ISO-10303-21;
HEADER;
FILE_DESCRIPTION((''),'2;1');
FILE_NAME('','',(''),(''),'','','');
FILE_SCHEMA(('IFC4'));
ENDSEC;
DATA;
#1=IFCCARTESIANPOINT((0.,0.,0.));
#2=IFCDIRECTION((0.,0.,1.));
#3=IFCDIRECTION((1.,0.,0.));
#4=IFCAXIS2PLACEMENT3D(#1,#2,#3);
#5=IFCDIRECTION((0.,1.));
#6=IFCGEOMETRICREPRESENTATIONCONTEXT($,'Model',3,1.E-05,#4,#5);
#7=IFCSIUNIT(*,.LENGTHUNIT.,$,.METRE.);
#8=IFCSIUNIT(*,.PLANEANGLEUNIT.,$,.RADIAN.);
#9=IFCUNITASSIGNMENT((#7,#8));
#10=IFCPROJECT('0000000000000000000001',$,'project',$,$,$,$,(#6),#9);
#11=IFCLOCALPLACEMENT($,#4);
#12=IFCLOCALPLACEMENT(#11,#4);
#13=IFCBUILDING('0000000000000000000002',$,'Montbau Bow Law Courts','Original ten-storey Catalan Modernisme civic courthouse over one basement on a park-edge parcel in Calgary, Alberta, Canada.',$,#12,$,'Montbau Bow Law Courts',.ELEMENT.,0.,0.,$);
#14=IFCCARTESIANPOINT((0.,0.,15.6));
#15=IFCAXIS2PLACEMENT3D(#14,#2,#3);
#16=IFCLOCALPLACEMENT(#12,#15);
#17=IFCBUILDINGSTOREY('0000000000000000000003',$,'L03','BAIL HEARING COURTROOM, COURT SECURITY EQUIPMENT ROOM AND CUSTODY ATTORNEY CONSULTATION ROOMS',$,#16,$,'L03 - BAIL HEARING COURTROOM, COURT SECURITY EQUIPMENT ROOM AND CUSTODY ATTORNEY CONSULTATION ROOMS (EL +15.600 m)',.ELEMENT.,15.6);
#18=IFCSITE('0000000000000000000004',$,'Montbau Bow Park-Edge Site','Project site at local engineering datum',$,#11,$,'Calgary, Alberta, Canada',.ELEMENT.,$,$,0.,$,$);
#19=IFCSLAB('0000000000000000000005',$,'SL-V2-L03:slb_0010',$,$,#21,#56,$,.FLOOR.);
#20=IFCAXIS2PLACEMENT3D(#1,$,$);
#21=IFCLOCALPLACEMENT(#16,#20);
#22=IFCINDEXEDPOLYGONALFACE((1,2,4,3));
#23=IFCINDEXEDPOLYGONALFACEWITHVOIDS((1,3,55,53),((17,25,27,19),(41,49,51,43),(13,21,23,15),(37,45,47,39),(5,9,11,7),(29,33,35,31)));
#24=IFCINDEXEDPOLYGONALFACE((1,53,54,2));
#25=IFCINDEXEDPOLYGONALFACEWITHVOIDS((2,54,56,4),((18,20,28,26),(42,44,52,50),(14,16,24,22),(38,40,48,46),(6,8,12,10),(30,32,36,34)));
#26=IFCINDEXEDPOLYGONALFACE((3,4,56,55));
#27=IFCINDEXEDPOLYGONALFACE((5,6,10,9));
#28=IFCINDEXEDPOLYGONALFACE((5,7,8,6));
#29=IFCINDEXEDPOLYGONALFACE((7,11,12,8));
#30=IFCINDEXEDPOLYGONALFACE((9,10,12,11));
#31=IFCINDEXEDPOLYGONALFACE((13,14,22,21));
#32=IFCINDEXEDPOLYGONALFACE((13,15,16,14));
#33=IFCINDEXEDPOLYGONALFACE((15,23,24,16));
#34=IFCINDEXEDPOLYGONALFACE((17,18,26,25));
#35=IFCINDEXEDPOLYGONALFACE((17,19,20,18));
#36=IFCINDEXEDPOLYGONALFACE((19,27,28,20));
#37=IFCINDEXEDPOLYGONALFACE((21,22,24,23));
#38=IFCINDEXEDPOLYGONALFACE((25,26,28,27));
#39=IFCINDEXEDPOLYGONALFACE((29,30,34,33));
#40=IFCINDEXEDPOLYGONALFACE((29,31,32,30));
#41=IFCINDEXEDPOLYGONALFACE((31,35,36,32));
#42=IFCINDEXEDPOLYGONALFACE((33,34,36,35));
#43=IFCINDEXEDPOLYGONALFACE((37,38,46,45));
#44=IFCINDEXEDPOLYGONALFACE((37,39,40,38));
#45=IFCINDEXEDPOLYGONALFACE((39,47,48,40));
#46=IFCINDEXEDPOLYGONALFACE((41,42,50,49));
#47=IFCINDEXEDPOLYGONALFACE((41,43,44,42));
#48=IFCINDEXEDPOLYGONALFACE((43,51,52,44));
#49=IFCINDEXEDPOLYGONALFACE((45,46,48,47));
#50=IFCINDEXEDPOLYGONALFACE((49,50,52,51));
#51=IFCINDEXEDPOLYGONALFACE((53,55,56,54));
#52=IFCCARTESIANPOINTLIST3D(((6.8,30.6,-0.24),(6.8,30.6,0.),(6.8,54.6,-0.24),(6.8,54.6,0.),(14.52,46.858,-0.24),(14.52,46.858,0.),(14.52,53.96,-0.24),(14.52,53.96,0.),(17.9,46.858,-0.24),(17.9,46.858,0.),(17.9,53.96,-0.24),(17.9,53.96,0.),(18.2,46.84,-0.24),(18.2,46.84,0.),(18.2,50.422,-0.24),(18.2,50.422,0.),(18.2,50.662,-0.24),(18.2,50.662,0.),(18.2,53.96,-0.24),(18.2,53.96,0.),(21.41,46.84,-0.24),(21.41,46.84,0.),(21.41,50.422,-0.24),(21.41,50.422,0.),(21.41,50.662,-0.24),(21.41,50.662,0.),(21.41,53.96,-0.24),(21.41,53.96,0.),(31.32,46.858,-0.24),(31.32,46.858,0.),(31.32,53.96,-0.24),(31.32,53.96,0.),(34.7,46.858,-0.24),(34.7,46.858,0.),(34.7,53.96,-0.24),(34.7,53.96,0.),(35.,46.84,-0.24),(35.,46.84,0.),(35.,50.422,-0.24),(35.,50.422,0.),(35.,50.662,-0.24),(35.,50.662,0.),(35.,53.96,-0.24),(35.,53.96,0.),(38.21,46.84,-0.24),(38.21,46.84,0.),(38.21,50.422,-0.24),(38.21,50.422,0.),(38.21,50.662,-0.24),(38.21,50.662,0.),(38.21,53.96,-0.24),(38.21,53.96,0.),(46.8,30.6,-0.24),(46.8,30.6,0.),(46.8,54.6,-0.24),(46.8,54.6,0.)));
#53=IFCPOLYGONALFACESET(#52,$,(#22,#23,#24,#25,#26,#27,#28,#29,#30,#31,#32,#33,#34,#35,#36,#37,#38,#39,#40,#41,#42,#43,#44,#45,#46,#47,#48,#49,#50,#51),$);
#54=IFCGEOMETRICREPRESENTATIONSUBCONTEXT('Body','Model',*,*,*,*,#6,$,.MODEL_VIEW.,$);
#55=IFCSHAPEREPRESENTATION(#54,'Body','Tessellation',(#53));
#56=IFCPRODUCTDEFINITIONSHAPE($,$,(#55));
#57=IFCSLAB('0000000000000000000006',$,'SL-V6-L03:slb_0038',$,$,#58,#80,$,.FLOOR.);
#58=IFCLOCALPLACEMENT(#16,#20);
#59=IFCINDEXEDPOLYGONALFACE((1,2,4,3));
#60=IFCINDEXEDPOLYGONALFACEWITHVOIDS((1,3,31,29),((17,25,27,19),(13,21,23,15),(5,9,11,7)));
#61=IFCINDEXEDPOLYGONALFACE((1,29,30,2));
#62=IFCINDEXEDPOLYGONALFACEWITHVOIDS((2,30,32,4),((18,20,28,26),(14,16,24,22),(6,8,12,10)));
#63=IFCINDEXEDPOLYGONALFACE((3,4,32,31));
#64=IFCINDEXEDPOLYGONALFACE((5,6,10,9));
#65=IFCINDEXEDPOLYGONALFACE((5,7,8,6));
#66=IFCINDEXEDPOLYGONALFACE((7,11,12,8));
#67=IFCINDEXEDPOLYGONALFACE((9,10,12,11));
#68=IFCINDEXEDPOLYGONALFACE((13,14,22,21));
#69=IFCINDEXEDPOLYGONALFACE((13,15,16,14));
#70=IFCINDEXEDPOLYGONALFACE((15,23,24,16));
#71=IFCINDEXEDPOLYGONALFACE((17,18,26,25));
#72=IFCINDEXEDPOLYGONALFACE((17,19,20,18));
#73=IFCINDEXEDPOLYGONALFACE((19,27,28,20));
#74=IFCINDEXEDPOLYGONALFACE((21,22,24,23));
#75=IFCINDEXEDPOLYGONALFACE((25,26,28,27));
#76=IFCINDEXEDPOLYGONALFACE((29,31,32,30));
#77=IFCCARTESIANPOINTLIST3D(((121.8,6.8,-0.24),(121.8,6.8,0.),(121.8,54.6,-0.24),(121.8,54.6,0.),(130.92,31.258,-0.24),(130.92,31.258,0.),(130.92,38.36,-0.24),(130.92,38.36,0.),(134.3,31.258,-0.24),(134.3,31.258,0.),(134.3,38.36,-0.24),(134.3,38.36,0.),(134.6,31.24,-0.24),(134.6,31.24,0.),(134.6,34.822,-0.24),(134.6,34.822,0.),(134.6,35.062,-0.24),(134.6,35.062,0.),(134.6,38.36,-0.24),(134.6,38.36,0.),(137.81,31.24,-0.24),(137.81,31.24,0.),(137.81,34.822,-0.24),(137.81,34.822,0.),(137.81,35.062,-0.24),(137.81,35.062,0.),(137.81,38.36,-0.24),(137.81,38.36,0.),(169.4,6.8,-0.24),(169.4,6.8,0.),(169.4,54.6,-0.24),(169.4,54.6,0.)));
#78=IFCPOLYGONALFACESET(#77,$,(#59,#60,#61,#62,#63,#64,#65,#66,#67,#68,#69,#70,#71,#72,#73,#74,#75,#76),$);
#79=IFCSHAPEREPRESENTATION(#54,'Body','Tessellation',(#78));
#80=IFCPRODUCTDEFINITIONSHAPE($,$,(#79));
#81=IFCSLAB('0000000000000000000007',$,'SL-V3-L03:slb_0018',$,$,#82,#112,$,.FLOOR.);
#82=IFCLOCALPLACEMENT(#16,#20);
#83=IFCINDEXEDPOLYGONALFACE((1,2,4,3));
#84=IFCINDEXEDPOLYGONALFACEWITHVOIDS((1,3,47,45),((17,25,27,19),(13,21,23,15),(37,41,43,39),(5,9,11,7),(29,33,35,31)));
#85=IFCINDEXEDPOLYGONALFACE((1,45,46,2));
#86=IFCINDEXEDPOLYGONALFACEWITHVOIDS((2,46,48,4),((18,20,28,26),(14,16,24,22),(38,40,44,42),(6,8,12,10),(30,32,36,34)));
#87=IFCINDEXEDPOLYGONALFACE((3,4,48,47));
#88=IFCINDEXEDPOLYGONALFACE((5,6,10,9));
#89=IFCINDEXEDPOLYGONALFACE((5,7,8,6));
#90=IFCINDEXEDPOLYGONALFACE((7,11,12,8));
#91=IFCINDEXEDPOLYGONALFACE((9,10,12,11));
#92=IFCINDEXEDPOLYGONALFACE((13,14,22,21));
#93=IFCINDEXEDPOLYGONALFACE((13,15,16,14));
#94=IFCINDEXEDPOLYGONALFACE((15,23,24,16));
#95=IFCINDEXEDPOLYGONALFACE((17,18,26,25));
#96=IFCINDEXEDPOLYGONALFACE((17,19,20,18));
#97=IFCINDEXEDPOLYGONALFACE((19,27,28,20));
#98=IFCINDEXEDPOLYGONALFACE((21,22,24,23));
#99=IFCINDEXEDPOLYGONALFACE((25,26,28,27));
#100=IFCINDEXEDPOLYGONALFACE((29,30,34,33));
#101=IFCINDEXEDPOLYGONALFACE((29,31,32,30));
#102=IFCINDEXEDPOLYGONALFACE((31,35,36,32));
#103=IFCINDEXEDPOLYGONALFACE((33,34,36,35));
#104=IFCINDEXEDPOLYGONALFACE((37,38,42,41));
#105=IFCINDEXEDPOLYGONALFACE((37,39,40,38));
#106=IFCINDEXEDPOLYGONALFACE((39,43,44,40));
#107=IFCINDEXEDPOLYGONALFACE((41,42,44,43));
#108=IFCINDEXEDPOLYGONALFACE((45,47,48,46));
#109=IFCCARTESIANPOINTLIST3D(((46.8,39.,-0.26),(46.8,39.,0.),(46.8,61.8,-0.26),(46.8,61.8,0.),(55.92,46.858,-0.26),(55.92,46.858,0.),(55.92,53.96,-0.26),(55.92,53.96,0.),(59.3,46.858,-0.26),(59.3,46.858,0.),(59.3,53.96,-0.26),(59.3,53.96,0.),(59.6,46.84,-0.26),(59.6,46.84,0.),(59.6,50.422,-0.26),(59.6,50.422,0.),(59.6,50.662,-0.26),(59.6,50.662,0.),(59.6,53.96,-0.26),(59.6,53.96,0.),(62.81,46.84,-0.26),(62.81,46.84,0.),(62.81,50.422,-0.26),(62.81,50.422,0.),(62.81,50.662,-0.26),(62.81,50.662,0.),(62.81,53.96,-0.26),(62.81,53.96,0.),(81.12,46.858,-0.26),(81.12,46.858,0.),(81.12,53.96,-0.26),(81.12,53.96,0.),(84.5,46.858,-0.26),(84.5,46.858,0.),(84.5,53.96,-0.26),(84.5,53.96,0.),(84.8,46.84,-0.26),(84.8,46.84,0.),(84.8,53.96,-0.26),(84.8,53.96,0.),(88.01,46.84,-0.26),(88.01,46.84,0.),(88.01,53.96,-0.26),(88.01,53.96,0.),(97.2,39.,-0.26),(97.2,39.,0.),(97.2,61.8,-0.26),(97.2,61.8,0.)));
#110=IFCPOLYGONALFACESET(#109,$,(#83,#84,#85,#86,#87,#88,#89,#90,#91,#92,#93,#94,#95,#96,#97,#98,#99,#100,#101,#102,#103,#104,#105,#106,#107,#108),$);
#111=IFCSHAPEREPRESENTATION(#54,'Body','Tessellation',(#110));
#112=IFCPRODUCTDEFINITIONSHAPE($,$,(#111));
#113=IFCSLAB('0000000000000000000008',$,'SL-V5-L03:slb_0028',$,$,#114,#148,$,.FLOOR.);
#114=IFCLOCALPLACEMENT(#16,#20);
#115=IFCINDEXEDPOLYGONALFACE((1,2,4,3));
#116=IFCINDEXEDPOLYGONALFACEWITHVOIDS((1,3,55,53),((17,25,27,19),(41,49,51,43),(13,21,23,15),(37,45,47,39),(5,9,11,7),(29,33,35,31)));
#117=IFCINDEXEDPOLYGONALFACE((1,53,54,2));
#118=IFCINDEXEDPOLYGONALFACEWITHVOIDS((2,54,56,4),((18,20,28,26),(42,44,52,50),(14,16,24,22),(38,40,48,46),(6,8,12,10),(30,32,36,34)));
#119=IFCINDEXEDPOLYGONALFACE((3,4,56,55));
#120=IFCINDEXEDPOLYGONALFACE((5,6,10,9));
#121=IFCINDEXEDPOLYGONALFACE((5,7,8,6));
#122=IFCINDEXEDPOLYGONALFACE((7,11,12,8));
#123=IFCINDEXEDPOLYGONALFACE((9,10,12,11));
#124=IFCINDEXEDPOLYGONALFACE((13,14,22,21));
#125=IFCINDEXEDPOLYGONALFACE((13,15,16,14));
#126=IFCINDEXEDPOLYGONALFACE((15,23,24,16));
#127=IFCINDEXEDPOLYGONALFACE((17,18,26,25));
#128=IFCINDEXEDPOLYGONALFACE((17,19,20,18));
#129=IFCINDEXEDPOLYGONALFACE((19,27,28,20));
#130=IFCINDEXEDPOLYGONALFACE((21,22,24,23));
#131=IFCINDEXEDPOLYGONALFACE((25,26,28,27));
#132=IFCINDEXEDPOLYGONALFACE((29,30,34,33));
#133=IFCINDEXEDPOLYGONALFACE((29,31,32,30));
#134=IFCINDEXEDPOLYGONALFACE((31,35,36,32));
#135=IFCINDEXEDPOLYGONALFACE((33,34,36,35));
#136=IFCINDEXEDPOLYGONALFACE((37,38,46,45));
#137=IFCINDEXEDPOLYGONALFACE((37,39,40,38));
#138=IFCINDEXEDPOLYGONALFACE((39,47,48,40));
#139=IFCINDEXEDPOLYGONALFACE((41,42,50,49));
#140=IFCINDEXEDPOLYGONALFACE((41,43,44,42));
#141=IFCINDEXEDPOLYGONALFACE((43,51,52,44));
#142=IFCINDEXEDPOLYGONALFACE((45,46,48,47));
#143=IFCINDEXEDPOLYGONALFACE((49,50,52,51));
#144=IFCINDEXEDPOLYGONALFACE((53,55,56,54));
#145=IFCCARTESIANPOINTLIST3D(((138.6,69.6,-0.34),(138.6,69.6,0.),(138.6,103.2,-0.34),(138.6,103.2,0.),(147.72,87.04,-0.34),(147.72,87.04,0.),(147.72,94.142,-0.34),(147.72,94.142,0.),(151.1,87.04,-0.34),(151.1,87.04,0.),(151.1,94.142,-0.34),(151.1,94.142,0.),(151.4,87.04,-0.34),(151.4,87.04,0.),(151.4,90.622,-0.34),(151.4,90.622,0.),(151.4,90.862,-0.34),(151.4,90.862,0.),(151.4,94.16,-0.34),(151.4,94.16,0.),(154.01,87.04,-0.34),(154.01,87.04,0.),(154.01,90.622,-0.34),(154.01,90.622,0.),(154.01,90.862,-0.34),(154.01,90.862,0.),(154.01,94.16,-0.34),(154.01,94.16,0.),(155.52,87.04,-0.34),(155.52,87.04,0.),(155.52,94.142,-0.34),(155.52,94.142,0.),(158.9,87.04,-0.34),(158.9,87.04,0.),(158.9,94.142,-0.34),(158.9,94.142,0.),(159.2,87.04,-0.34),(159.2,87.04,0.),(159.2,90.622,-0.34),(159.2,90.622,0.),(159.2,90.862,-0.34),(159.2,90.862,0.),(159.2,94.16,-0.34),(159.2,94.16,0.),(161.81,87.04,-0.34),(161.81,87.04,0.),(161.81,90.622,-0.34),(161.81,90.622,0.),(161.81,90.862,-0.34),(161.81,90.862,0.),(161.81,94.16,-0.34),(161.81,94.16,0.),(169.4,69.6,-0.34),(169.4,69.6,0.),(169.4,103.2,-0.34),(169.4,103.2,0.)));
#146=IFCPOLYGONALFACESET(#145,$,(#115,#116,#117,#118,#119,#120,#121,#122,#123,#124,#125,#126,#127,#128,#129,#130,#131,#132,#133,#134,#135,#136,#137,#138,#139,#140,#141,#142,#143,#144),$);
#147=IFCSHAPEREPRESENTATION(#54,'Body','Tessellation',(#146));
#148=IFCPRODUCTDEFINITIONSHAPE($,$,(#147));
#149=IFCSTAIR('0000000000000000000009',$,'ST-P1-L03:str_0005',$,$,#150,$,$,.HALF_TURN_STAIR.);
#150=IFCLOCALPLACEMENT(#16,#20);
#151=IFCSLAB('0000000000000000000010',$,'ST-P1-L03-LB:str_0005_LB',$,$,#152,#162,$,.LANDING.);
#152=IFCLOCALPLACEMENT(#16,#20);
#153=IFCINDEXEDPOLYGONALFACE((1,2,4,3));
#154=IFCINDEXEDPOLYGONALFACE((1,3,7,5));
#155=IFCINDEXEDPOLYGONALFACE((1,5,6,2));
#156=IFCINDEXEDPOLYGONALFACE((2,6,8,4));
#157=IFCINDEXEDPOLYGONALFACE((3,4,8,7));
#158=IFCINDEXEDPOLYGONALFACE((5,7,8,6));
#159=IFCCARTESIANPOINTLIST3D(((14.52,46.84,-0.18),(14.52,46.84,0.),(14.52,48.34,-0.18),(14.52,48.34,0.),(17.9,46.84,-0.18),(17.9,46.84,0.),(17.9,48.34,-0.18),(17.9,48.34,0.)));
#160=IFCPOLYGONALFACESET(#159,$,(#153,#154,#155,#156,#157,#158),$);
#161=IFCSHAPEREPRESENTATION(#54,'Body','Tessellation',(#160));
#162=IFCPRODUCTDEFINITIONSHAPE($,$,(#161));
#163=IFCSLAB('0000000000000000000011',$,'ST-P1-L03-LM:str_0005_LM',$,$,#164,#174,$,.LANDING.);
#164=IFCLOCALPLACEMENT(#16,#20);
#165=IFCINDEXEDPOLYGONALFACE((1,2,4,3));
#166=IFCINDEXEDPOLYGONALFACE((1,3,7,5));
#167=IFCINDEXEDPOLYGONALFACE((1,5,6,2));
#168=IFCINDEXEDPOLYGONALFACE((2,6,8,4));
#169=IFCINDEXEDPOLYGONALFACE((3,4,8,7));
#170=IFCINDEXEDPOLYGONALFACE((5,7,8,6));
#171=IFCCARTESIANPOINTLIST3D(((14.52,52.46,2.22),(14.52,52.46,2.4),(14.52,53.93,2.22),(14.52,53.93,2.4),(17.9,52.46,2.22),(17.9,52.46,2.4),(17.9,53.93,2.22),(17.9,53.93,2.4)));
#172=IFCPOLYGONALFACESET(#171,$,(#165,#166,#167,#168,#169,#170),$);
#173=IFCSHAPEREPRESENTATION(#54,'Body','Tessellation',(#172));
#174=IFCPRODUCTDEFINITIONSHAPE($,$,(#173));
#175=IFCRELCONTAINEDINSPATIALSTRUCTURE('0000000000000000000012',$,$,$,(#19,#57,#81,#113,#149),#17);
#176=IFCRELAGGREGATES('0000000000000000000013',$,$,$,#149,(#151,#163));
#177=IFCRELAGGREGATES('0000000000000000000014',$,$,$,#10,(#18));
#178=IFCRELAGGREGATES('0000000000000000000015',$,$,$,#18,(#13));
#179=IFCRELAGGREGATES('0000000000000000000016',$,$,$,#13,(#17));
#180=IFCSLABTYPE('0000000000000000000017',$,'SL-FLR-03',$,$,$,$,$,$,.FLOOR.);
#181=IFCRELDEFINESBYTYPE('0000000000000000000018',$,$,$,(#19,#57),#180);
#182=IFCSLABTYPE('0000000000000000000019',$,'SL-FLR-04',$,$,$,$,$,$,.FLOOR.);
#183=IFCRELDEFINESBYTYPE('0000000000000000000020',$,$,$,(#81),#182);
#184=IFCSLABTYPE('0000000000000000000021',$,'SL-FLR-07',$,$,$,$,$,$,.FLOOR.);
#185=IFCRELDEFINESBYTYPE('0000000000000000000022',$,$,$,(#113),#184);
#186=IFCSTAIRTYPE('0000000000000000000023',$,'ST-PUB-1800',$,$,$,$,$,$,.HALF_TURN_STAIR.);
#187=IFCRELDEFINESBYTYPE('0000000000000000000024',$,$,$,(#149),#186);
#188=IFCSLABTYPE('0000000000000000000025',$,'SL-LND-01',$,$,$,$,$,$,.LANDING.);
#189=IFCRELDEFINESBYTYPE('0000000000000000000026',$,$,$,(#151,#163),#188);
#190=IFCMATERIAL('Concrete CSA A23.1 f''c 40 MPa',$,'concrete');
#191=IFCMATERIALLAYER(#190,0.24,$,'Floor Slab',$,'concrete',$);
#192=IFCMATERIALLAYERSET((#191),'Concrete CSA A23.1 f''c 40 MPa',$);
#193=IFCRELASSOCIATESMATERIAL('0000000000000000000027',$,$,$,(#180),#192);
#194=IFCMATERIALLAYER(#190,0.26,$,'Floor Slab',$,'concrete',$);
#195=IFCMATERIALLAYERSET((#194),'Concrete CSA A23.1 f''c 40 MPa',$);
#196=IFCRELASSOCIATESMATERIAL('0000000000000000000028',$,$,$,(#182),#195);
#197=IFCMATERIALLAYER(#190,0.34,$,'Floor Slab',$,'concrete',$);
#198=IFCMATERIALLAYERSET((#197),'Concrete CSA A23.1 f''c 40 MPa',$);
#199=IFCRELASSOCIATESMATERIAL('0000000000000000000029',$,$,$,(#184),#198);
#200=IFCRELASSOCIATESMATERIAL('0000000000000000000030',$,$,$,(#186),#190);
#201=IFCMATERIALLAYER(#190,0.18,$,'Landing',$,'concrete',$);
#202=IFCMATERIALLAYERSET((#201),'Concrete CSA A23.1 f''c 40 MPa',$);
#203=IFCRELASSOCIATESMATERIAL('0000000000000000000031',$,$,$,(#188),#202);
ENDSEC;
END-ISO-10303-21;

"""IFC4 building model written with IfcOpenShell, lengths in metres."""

from ifc_helpers import new_model, si_unit, direction, frame, origin_with_axes, place, context, subcontext, project, spatial, polyline, outline, extrude, material, layer, layer_set, type_object, element, aggregate, save


model = new_model("IFC4")

# Units and contexts
model_context = context("Model", 3, precision=1e-05, world=origin_with_axes(), true_north=direction((0.0, 1.0)))
body_context = subcontext(model_context, "Body", "Model", "MODEL_VIEW")
ifc_project = project(units=[si_unit("LENGTHUNIT", "METRE"), si_unit("PLANEANGLEUNIT", "RADIAN")], contexts=[model_context])

# Site, building, storey
site_placement = place(None, origin_with_axes())
site = spatial("IfcSite", under=ifc_project, at=site_placement, Name="Montbau Bow Park-Edge Site", Description="Project site at local engineering datum", LongName="Calgary, Alberta, Canada", CompositionType="ELEMENT", RefElevation=0.0)
building_placement = place(site_placement, origin_with_axes())
building = spatial("IfcBuilding", under=site, at=building_placement, Name="Montbau Bow Law Courts", Description="Original ten-storey Catalan Modernisme civic courthouse over one basement on a park-edge parcel in Calgary, Alberta, Canada.", LongName="Montbau Bow Law Courts", CompositionType="ELEMENT", ElevationOfRefHeight=0.0, ElevationOfTerrain=0.0)
storey_placement = place(building_placement, frame((0.0, 0.0, 15.6), z_axis=(0.0, 0.0, 1.0), x_axis=(1.0, 0.0, 0.0)))
storey = spatial("IfcBuildingStorey", under=building, at=storey_placement, Name="L03", Description="BAIL HEARING COURTROOM, COURT SECURITY EQUIPMENT ROOM AND CUSTODY ATTORNEY CONSULTATION ROOMS", LongName="L03 - BAIL HEARING COURTROOM, COURT SECURITY EQUIPMENT ROOM AND CUSTODY ATTORNEY CONSULTATION ROOMS (EL +15.600 m)", CompositionType="ELEMENT", Elevation=15.6)

# Slabs
ifc_material_1 = material(Name="Concrete CSA A23.1 f'c 40 MPa", Category="concrete")
ifc_layer_1 = layer(ifc_material_1, 0.24, Name="Floor Slab", Category="concrete")
ifc_layer_set_1 = layer_set([ifc_layer_1], Name="Concrete CSA A23.1 f'c 40 MPa")
slab_type_1 = type_object("IfcSlabType", Name="SL-FLR-03", PredefinedType="FLOOR", material=ifc_layer_set_1)
slab_1_placement = place(None, frame((0.0, 0.0, 15.36), z_axis=(0.0, 0.0, 1.0), x_axis=(1.0, 0.0, 0.0)))
element("IfcSlab", 1, at=slab_1_placement, inside=storey, type_object=slab_type_1, Name="SL-V2-L03:slb_0010", PredefinedType="FLOOR", context=body_context, shape_type="SweptSolid", body=[
    extrude(outline(polyline([(6.8, 30.6), (46.8, 30.6), (46.8, 54.6), (6.8, 54.6), (6.8, 30.6)]), holes=[polyline([(14.52, 46.858), (17.9, 46.858), (17.9, 53.96), (14.52, 53.96), (14.52, 46.858)]), polyline([(18.2, 46.84), (21.41, 46.84), (21.41, 50.422), (18.2, 50.422), (18.2, 46.84)]), polyline([(18.2, 50.662), (21.41, 50.662), (21.41, 53.96), (18.2, 53.96), (18.2, 50.662)]), polyline([(31.32, 46.858), (34.7, 46.858), (34.7, 53.96), (31.32, 53.96), (31.32, 46.858)]), polyline([(35.0, 46.84), (38.21, 46.84), (38.21, 50.422), (35.0, 50.422), (35.0, 46.84)]), polyline([(35.0, 50.662), (38.21, 50.662), (38.21, 53.96), (35.0, 53.96), (35.0, 50.662)])]), origin_with_axes(), (0.0, 0.0, 1.0), 0.24),
])
slab_2_placement = place(None, frame((0.0, 0.0, 15.36), z_axis=(0.0, 0.0, 1.0), x_axis=(1.0, 0.0, 0.0)))
element("IfcSlab", 2, at=slab_2_placement, inside=storey, type_object=slab_type_1, Name="SL-V6-L03:slb_0038", PredefinedType="FLOOR", context=body_context, shape_type="SweptSolid", body=[
    extrude(outline(polyline([(121.8, 6.8), (169.4, 6.8), (169.4, 54.6), (121.8, 54.6), (121.8, 6.8)]), holes=[polyline([(130.92, 31.258), (134.3, 31.258), (134.3, 38.36), (130.92, 38.36), (130.92, 31.258)]), polyline([(134.6, 31.24), (137.81, 31.24), (137.81, 34.822), (134.6, 34.822), (134.6, 31.24)]), polyline([(134.6, 35.062), (137.81, 35.062), (137.81, 38.36), (134.6, 38.36), (134.6, 35.062)])]), origin_with_axes(), (0.0, 0.0, 1.0), 0.24),
])
ifc_layer_2 = layer(ifc_material_1, 0.26, Name="Floor Slab", Category="concrete")
ifc_layer_set_2 = layer_set([ifc_layer_2], Name="Concrete CSA A23.1 f'c 40 MPa")
slab_type_2 = type_object("IfcSlabType", Name="SL-FLR-04", PredefinedType="FLOOR", material=ifc_layer_set_2)
slab_3_placement = place(None, frame((0.0, 0.0, 15.34), z_axis=(0.0, 0.0, 1.0), x_axis=(1.0, 0.0, 0.0)))
element("IfcSlab", 3, at=slab_3_placement, inside=storey, type_object=slab_type_2, Name="SL-V3-L03:slb_0018", PredefinedType="FLOOR", context=body_context, shape_type="SweptSolid", body=[
    extrude(outline(polyline([(46.8, 39.0), (97.2, 39.0), (97.2, 61.8), (46.8, 61.8), (46.8, 39.0)]), holes=[polyline([(55.92, 46.858), (59.3, 46.858), (59.3, 53.96), (55.92, 53.96), (55.92, 46.858)]), polyline([(59.6, 46.84), (62.81, 46.84), (62.81, 50.422), (59.6, 50.422), (59.6, 46.84)]), polyline([(59.6, 50.662), (62.81, 50.662), (62.81, 53.96), (59.6, 53.96), (59.6, 50.662)]), polyline([(81.12, 46.858), (84.5, 46.858), (84.5, 53.96), (81.12, 53.96), (81.12, 46.858)]), polyline([(84.8, 46.84), (88.01, 46.84), (88.01, 53.96), (84.8, 53.96), (84.8, 46.84)])]), origin_with_axes(), (0.0, 0.0, 1.0), 0.26),
])
ifc_layer_3 = layer(ifc_material_1, 0.34, Name="Floor Slab", Category="concrete")
ifc_layer_set_3 = layer_set([ifc_layer_3], Name="Concrete CSA A23.1 f'c 40 MPa")
slab_type_3 = type_object("IfcSlabType", Name="SL-FLR-07", PredefinedType="FLOOR", material=ifc_layer_set_3)
slab_4_placement = place(None, frame((0.0, 0.0, 15.26), z_axis=(0.0, 0.0, 1.0), x_axis=(1.0, 0.0, 0.0)))
element("IfcSlab", 4, at=slab_4_placement, inside=storey, type_object=slab_type_3, Name="SL-V5-L03:slb_0028", PredefinedType="FLOOR", context=body_context, shape_type="SweptSolid", body=[
    extrude(outline(polyline([(138.6, 69.6), (169.4, 69.6), (169.4, 103.2), (138.6, 103.2), (138.6, 69.6)]), holes=[polyline([(147.72, 87.04), (151.1, 87.04), (151.1, 94.142), (147.72, 94.142), (147.72, 87.04)]), polyline([(151.4, 87.04), (154.01, 87.04), (154.01, 90.622), (151.4, 90.622), (151.4, 87.04)]), polyline([(151.4, 90.862), (154.01, 90.862), (154.01, 94.16), (151.4, 94.16), (151.4, 90.862)]), polyline([(155.52, 87.04), (158.9, 87.04), (158.9, 94.142), (155.52, 94.142), (155.52, 87.04)]), polyline([(159.2, 87.04), (161.81, 87.04), (161.81, 90.622), (159.2, 90.622), (159.2, 87.04)]), polyline([(159.2, 90.862), (161.81, 90.862), (161.81, 94.16), (159.2, 94.16), (159.2, 90.862)])]), origin_with_axes(), (0.0, 0.0, 1.0), 0.34),
])

# Stair, slabs
stair_type_1 = type_object("IfcStairType", Name="ST-PUB-1800", PredefinedType="HALF_TURN_STAIR", material=ifc_material_1)
stair_1_placement = place(None, frame((15.305, 48.3, 15.6), z_axis=(0.0, 0.0, 1.0), x_axis=(1.0, 0.0, 0.0)))
stair_1 = element("IfcStair", 5, at=stair_1_placement, inside=storey, type_object=stair_type_1, Name="ST-P1-L03:str_0005", PredefinedType="HALF_TURN_STAIR")
ifc_layer_4 = layer(ifc_material_1, 0.18, Name="Landing", Category="concrete")
ifc_layer_set_4 = layer_set([ifc_layer_4], Name="Concrete CSA A23.1 f'c 40 MPa")
slab_type_4 = type_object("IfcSlabType", Name="SL-LND-01", PredefinedType="LANDING", material=ifc_layer_set_4)
slab_5_placement = place(None, frame((0.0, 0.0, 15.42), z_axis=(0.0, 0.0, 1.0), x_axis=(1.0, 0.0, 0.0)))
slab_5 = element("IfcSlab", 6, at=slab_5_placement, type_object=slab_type_4, Name="ST-P1-L03-LB:str_0005_LB", PredefinedType="LANDING", context=body_context, shape_type="SweptSolid", body=[
    extrude(outline(polyline([(14.52, 46.84), (17.9, 46.84), (17.9, 48.34), (14.52, 48.34), (14.52, 46.84)])), origin_with_axes(), (0.0, 0.0, 1.0), 0.18),
])
slab_6_placement = place(None, frame((0.0, 0.0, 17.82), z_axis=(0.0, 0.0, 1.0), x_axis=(1.0, 0.0, 0.0)))
slab_6 = element("IfcSlab", 7, at=slab_6_placement, type_object=slab_type_4, Name="ST-P1-L03-LM:str_0005_LM", PredefinedType="LANDING", context=body_context, shape_type="SweptSolid", body=[
    extrude(outline(polyline([(14.52, 52.46), (17.9, 52.46), (17.9, 53.93), (14.52, 53.93), (14.52, 52.46)])), origin_with_axes(), (0.0, 0.0, 1.0), 0.18),
])
aggregate(stair_1, [slab_5, slab_6])

save(model, "model.ifc")
